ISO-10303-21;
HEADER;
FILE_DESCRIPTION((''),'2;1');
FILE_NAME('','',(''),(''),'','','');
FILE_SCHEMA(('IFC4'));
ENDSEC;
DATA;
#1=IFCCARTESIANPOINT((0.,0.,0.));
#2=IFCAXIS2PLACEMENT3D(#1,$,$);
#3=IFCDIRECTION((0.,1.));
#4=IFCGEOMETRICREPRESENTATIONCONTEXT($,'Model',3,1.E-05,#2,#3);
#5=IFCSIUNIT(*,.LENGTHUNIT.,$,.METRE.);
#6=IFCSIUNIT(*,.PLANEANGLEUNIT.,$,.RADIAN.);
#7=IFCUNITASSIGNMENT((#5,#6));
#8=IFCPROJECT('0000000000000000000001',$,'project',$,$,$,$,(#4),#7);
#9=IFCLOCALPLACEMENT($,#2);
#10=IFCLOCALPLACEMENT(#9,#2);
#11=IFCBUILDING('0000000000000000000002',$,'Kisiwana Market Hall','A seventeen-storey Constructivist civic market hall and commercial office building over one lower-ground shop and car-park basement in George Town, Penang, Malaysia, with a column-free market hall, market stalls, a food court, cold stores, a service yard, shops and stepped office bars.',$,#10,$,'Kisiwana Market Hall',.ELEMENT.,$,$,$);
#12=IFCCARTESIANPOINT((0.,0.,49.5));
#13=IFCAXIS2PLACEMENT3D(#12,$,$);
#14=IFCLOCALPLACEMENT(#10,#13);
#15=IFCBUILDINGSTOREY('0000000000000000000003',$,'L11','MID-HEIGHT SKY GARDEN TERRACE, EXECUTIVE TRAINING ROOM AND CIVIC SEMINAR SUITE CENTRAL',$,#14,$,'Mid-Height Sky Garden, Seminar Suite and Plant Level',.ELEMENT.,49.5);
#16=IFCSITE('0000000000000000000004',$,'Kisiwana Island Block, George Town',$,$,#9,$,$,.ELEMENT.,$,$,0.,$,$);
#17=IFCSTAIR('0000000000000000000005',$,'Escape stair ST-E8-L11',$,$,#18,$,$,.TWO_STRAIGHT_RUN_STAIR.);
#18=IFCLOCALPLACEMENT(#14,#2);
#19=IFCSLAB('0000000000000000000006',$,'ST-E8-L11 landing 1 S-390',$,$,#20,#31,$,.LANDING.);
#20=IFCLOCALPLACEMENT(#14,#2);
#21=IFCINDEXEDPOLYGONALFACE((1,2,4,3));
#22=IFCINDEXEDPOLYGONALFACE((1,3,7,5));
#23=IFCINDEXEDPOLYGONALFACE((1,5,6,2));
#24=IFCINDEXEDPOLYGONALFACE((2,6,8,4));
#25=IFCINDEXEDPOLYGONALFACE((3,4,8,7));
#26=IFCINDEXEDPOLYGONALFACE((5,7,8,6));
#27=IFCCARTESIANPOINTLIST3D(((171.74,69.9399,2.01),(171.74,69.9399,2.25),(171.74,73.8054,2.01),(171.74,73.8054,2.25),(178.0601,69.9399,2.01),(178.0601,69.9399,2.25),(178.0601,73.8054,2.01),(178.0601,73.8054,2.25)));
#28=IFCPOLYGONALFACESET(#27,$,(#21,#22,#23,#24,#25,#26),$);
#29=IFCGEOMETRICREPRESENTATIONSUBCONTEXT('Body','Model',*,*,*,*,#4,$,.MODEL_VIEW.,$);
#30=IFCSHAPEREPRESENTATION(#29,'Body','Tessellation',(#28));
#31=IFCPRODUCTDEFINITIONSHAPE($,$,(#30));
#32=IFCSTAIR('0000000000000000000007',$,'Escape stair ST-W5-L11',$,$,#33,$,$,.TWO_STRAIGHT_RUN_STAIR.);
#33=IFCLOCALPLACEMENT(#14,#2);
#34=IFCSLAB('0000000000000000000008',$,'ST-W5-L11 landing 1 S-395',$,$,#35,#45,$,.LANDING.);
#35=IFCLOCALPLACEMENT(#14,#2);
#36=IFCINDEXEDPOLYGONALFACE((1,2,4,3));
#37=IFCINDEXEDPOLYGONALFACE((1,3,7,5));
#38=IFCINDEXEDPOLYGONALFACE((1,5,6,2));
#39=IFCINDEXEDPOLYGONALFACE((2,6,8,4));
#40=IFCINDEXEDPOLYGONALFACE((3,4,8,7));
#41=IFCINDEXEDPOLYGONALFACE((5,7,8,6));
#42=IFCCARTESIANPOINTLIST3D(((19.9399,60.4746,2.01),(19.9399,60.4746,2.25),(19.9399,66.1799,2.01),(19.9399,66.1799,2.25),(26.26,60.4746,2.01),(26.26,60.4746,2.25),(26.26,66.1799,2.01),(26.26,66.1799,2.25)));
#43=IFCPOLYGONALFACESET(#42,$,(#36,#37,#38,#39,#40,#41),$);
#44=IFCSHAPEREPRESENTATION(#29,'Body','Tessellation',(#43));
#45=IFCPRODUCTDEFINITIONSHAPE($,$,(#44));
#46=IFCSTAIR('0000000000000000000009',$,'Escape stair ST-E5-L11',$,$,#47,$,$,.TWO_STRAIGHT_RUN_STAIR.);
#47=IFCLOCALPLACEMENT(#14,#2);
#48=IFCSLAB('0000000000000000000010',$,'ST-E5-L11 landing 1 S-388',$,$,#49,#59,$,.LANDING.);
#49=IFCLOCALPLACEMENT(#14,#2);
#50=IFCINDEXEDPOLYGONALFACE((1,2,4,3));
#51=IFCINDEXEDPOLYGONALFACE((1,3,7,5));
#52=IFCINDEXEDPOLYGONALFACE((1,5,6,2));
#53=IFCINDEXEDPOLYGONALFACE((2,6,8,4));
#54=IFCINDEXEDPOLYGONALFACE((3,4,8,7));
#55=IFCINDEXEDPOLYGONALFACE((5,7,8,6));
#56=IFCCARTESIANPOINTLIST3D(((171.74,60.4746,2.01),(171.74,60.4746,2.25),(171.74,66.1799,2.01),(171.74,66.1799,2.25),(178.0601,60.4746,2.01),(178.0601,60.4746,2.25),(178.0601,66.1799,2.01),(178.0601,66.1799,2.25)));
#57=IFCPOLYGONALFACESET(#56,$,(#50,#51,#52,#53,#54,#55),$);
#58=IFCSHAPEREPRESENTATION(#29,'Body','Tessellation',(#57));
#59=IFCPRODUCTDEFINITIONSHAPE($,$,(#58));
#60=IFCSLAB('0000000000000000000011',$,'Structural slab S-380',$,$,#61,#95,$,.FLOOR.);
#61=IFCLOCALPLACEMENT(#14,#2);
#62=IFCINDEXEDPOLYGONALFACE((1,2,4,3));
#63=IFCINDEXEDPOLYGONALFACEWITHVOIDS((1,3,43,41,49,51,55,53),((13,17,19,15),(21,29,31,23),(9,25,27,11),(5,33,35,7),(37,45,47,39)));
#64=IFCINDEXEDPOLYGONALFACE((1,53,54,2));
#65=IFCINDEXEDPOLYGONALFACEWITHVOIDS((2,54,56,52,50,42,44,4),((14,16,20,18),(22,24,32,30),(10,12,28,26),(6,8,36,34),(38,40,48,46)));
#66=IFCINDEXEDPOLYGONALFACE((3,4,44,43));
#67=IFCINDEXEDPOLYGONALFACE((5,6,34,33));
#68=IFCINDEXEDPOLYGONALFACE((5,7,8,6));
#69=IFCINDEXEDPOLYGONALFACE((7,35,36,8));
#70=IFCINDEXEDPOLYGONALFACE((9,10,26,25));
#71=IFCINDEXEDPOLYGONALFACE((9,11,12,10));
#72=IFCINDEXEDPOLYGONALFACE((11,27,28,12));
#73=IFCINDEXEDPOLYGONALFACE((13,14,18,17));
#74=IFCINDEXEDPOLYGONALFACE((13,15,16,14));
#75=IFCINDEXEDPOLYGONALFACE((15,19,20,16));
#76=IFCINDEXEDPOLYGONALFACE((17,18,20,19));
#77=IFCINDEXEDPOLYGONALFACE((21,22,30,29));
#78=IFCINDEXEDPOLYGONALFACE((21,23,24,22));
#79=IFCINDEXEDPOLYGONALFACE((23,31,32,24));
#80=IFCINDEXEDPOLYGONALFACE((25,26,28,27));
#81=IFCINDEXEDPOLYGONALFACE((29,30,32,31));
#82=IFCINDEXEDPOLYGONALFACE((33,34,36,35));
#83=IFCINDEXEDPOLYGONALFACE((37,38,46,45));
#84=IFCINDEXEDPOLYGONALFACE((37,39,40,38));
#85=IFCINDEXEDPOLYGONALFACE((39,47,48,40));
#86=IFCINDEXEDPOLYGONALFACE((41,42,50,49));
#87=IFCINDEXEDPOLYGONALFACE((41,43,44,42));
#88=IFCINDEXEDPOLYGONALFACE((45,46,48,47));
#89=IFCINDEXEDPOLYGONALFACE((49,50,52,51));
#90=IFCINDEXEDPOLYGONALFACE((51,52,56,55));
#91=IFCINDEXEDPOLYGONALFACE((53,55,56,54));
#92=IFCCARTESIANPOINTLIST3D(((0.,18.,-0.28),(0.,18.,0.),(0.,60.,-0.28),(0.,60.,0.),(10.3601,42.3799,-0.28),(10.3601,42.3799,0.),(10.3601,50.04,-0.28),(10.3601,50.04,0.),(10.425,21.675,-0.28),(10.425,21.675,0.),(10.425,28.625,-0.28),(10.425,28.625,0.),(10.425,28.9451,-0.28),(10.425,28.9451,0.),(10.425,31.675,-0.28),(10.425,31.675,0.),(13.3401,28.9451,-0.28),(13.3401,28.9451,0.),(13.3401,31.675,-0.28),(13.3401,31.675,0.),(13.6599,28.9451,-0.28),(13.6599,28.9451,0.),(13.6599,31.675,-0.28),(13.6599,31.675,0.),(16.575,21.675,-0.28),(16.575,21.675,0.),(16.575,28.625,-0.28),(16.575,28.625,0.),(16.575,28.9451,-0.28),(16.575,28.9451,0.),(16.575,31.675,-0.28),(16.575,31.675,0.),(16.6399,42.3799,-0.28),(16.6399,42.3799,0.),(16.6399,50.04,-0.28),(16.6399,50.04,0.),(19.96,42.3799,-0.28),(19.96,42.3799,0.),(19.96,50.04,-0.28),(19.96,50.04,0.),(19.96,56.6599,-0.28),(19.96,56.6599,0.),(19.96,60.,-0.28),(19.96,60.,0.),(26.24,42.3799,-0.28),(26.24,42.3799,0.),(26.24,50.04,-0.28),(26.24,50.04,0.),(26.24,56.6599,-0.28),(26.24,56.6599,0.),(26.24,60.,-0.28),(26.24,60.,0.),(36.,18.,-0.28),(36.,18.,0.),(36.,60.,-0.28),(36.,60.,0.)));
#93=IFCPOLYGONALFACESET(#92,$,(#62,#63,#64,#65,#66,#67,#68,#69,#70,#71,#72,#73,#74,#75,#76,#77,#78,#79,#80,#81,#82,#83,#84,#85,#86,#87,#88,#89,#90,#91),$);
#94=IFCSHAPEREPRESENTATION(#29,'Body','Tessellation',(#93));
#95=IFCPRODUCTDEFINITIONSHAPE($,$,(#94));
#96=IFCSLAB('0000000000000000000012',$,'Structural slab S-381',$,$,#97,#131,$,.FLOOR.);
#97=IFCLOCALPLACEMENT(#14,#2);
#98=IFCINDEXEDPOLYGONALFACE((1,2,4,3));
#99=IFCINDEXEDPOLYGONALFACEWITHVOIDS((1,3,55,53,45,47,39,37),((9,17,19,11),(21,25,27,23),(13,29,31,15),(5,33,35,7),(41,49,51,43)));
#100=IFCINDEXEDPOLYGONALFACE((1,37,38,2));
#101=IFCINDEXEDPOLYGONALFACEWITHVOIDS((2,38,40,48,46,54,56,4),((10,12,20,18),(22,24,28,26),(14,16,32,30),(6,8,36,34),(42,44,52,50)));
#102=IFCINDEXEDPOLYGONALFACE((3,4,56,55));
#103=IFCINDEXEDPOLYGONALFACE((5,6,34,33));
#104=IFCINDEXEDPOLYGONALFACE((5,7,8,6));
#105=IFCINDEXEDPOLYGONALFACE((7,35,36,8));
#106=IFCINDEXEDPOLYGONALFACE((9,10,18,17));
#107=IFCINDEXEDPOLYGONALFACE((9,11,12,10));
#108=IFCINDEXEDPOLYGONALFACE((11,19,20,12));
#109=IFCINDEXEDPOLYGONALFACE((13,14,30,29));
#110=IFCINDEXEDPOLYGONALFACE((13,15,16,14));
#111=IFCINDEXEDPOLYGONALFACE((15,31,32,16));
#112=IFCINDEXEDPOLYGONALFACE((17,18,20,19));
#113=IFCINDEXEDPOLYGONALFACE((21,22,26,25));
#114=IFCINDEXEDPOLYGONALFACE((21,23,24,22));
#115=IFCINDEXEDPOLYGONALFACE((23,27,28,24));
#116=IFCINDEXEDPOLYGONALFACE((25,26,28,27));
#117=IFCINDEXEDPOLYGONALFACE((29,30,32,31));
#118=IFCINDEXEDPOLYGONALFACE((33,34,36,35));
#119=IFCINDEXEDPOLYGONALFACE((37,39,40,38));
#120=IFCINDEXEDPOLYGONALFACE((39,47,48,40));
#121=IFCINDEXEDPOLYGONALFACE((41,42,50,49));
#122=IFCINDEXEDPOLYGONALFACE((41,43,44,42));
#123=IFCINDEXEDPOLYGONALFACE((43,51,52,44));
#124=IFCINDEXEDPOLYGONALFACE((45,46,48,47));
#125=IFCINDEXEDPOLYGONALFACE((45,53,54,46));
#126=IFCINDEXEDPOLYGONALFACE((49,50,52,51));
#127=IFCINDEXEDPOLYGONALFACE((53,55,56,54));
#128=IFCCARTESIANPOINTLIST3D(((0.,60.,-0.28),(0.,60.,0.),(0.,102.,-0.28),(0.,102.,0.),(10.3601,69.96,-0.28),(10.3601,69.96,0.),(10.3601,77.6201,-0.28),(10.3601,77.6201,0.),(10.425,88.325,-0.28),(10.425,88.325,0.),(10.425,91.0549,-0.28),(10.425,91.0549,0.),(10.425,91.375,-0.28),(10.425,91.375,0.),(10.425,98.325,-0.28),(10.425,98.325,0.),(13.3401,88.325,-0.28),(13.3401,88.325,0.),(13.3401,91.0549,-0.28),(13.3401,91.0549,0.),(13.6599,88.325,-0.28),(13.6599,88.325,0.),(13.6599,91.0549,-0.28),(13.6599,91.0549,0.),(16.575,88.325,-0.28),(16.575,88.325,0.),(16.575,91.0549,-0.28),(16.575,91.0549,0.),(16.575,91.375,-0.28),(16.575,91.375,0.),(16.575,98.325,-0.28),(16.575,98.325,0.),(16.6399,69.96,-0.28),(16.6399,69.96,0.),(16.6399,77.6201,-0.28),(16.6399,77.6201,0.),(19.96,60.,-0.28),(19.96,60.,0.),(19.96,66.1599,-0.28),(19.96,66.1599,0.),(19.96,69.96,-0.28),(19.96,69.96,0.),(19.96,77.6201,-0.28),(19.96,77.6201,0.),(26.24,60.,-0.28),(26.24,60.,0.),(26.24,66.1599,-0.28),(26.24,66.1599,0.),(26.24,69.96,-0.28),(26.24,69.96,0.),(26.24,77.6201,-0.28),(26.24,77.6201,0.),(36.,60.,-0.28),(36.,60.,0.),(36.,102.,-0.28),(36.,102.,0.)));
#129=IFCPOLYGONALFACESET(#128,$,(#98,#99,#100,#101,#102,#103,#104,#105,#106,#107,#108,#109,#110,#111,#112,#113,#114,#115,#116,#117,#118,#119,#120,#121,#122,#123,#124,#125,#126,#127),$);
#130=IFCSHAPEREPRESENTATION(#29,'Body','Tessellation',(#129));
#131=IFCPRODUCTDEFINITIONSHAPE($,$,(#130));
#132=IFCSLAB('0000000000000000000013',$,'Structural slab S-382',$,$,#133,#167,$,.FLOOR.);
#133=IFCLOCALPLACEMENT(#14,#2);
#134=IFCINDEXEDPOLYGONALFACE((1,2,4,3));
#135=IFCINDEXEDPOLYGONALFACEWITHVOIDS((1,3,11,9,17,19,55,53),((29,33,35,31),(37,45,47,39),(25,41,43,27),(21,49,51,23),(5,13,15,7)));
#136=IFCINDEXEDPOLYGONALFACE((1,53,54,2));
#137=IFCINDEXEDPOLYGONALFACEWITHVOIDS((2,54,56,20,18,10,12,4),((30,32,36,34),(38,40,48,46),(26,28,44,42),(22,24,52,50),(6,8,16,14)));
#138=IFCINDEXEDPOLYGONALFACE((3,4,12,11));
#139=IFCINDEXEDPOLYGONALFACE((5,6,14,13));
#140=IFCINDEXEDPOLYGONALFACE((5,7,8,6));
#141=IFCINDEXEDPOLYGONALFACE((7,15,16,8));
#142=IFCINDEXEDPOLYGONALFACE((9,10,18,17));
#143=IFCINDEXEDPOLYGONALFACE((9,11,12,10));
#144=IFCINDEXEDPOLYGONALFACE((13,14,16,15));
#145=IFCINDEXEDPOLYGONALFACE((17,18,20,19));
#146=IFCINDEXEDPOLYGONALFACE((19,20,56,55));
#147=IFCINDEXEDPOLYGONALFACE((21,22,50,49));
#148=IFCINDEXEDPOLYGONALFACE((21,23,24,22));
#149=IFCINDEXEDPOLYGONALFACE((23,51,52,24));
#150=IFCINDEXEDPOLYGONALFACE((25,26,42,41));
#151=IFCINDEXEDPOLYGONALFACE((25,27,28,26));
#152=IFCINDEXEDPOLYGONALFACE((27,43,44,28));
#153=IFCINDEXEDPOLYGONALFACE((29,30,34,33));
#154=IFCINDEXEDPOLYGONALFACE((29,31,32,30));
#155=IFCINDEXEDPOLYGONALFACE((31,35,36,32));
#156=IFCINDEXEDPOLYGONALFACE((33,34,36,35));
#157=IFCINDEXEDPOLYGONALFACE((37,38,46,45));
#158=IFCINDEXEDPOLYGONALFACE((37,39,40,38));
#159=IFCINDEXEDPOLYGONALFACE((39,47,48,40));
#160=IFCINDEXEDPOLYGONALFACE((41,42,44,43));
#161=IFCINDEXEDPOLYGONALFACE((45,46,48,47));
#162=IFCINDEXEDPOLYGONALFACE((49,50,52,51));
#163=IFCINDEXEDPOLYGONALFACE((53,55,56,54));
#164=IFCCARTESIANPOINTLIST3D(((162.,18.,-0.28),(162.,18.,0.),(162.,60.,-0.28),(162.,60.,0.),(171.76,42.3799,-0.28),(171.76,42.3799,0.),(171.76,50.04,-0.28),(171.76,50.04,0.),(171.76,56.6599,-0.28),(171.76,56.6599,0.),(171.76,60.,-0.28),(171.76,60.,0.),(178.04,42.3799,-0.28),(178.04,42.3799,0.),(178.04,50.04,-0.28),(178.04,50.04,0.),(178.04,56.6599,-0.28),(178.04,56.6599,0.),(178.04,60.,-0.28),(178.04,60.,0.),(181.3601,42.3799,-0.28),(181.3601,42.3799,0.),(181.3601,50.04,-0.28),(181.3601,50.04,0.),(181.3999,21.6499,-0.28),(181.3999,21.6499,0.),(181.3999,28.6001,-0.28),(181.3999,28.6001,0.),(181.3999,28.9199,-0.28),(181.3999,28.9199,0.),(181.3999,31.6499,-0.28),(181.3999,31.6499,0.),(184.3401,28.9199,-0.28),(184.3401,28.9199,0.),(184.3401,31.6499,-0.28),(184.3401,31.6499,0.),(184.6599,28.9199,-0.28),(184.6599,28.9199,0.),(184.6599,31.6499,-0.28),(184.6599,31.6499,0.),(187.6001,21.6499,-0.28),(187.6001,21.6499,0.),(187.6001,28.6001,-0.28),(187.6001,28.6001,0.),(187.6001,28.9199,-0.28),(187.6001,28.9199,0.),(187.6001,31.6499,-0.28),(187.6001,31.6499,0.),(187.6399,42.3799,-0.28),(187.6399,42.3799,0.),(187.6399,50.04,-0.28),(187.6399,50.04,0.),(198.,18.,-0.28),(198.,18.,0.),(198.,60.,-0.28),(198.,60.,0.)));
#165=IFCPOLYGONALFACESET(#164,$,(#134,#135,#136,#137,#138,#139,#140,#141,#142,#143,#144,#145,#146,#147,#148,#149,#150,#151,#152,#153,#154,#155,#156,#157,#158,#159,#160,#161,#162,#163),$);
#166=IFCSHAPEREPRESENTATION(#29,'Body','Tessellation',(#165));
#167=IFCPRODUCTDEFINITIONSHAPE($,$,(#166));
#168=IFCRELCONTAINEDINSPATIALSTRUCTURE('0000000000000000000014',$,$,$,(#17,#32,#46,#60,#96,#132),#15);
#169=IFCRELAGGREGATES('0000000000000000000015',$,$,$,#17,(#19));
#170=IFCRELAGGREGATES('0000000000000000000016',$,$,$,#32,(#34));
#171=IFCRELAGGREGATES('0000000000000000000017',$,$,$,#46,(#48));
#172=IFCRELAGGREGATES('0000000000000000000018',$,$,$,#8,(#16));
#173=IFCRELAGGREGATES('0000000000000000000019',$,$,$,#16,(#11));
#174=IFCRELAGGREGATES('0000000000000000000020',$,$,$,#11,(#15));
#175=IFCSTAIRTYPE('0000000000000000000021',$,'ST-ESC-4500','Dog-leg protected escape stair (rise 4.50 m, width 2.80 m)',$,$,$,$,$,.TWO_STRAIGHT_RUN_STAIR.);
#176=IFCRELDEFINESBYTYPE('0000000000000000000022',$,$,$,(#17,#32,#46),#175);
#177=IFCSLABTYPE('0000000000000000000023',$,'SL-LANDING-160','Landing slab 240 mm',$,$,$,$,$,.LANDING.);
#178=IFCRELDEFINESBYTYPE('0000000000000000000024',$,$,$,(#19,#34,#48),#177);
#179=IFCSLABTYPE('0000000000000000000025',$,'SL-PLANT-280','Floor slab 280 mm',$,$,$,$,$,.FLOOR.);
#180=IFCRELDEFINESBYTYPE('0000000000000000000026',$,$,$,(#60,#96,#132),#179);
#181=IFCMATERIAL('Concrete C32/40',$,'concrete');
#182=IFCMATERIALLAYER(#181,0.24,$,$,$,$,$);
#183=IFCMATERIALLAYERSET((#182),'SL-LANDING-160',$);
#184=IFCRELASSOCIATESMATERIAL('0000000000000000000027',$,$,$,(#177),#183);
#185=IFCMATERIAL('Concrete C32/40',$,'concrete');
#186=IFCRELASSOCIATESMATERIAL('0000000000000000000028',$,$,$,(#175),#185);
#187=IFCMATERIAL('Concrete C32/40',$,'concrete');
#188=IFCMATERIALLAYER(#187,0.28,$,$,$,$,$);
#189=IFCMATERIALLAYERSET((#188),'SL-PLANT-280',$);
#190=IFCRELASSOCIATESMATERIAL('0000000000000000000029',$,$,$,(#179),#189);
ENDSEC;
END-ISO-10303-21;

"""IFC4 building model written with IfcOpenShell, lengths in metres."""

from ifc_helpers import new_model, si_unit, direction, frame, origin, place, context, subcontext, project, spatial, polyline, outline, extrude, material, layer, layer_set, type_object, element, aggregate, save


model = new_model("IFC4")

# Units and contexts
model_context = context("Model", 3, precision=1e-05, world=origin(), true_north=direction((0.0, 1.0)))
body_context = subcontext(model_context, "Body", "Model", "MODEL_VIEW")
ifc_project = project(units=[si_unit("LENGTHUNIT", "METRE"), si_unit("PLANEANGLEUNIT", "RADIAN")], contexts=[model_context])

# Site, building, storey
site_placement = place(None, origin())
site = spatial("IfcSite", under=ifc_project, at=site_placement, Name="Kisiwana Island Block, George Town", CompositionType="ELEMENT", RefElevation=0.0)
building_placement = place(site_placement, origin())
building = spatial("IfcBuilding", under=site, at=building_placement, Name="Kisiwana Market Hall", Description="A seventeen-storey Constructivist civic market hall and commercial office building over one lower-ground shop and car-park basement in George Town, Penang, Malaysia, with a column-free market hall, market stalls, a food court, cold stores, a service yard, shops and stepped office bars.", LongName="Kisiwana Market Hall", CompositionType="ELEMENT")
storey_placement = place(building_placement, frame((0.0, 0.0, 49.5)))
storey = spatial("IfcBuildingStorey", under=building, at=storey_placement, Name="L11", Description="MID-HEIGHT SKY GARDEN TERRACE, EXECUTIVE TRAINING ROOM AND CIVIC SEMINAR SUITE CENTRAL", LongName="Mid-Height Sky Garden, Seminar Suite and Plant Level", CompositionType="ELEMENT", Elevation=49.5)

# Stairs, slabs
ifc_material_1 = material(Name="Concrete C32/40", Category="concrete")
ifc_layer_1 = layer(ifc_material_1, 0.24)
ifc_layer_set_1 = layer_set([ifc_layer_1], Name="SL-LANDING-160")
slab_type_1 = type_object("IfcSlabType", Name="SL-LANDING-160", Description="Landing slab 240 mm", PredefinedType="LANDING", material=ifc_layer_set_1)
ifc_material_2 = material(Name="Concrete C32/40", Category="concrete")
stair_type_1 = type_object("IfcStairType", Name="ST-ESC-4500", Description="Dog-leg protected escape stair (rise 4.50 m, width 2.80 m)", PredefinedType="TWO_STRAIGHT_RUN_STAIR", material=ifc_material_2)
stair_1_placement = place(storey_placement, origin())
stair_1 = element("IfcStair", 1, at=stair_1_placement, inside=storey, type_object=stair_type_1, Name="Escape stair ST-E8-L11", PredefinedType="TWO_STRAIGHT_RUN_STAIR")
slab_1_placement = place(storey_placement, frame((0.0, 0.0, 2.01)))
slab_1 = element("IfcSlab", 2, at=slab_1_placement, type_object=slab_type_1, Name="ST-E8-L11 landing 1 S-390", PredefinedType="LANDING", context=body_context, shape_type="SweptSolid", body=[
    extrude(outline(polyline([(171.74, 69.9399), (178.0601, 69.9399), (178.0601, 73.8054), (171.74, 73.8054), (171.74, 69.9399)])), origin(), (0.0, 0.0, 1.0), 0.24),
])
aggregate(stair_1, [slab_1])
stair_2_placement = place(storey_placement, origin())
stair_2 = element("IfcStair", 3, at=stair_2_placement, inside=storey, type_object=stair_type_1, Name="Escape stair ST-W5-L11", PredefinedType="TWO_STRAIGHT_RUN_STAIR")
slab_2_placement = place(storey_placement, frame((0.0, 0.0, 2.01)))
slab_2 = element("IfcSlab", 4, at=slab_2_placement, type_object=slab_type_1, Name="ST-W5-L11 landing 1 S-395", PredefinedType="LANDING", context=body_context, shape_type="SweptSolid", body=[
    extrude(outline(polyline([(19.9399, 60.4746), (26.26, 60.4746), (26.26, 66.1799), (19.9399, 66.1799), (19.9399, 60.4746)])), origin(), (0.0, 0.0, 1.0), 0.24),
])
aggregate(stair_2, [slab_2])
stair_3_placement = place(storey_placement, origin())
stair_3 = element("IfcStair", 5, at=stair_3_placement, inside=storey, type_object=stair_type_1, Name="Escape stair ST-E5-L11", PredefinedType="TWO_STRAIGHT_RUN_STAIR")
slab_3_placement = place(storey_placement, frame((0.0, 0.0, 2.01)))
slab_3 = element("IfcSlab", 6, at=slab_3_placement, type_object=slab_type_1, Name="ST-E5-L11 landing 1 S-388", PredefinedType="LANDING", context=body_context, shape_type="SweptSolid", body=[
    extrude(outline(polyline([(171.74, 60.4746), (178.0601, 60.4746), (178.0601, 66.1799), (171.74, 66.1799), (171.74, 60.4746)])), origin(), (0.0, 0.0, 1.0), 0.24),
])
aggregate(stair_3, [slab_3])

# Slabs
ifc_material_3 = material(Name="Concrete C32/40", Category="concrete")
ifc_layer_2 = layer(ifc_material_3, 0.28)
ifc_layer_set_2 = layer_set([ifc_layer_2], Name="SL-PLANT-280")
slab_type_2 = type_object("IfcSlabType", Name="SL-PLANT-280", Description="Floor slab 280 mm", PredefinedType="FLOOR", material=ifc_layer_set_2)
slab_4_placement = place(storey_placement, frame((0.0, 0.0, -0.28)))
element("IfcSlab", 7, at=slab_4_placement, inside=storey, type_object=slab_type_2, Name="Structural slab S-380", PredefinedType="FLOOR", context=body_context, shape_type="SweptSolid", body=[
    extrude(outline(polyline([(0.0, 18.0), (36.0, 18.0), (36.0, 60.0), (26.24, 60.0), (26.24, 56.6599), (19.96, 56.6599), (19.96, 60.0), (0.0, 60.0), (0.0, 18.0)]), holes=[polyline([(10.425, 21.675), (16.575, 21.675), (16.575, 28.625), (10.425, 28.625), (10.425, 21.675)]), polyline([(10.425, 28.9451), (13.3401, 28.9451), (13.3401, 31.675), (10.425, 31.675), (10.425, 28.9451)]), polyline([(13.6599, 28.9451), (16.575, 28.9451), (16.575, 31.675), (13.6599, 31.675), (13.6599, 28.9451)]), polyline([(10.3601, 42.3799), (16.6399, 42.3799), (16.6399, 50.04), (10.3601, 50.04), (10.3601, 42.3799)]), polyline([(19.96, 42.3799), (26.24, 42.3799), (26.24, 50.04), (19.96, 50.04), (19.96, 42.3799)])]), origin(), (0.0, 0.0, 1.0), 0.28),
])
slab_5_placement = place(storey_placement, frame((0.0, 0.0, -0.28)))
element("IfcSlab", 8, at=slab_5_placement, inside=storey, type_object=slab_type_2, Name="Structural slab S-381", PredefinedType="FLOOR", context=body_context, shape_type="SweptSolid", body=[
    extrude(outline(polyline([(0.0, 60.0), (19.96, 60.0), (19.96, 66.1599), (26.24, 66.1599), (26.24, 60.0), (36.0, 60.0), (36.0, 102.0), (0.0, 102.0), (0.0, 60.0)]), holes=[polyline([(10.425, 91.375), (16.575, 91.375), (16.575, 98.325), (10.425, 98.325), (10.425, 91.375)]), polyline([(10.425, 88.325), (13.3401, 88.325), (13.3401, 91.0549), (10.425, 91.0549), (10.425, 88.325)]), polyline([(13.6599, 88.325), (16.575, 88.325), (16.575, 91.0549), (13.6599, 91.0549), (13.6599, 88.325)]), polyline([(10.3601, 69.96), (16.6399, 69.96), (16.6399, 77.6201), (10.3601, 77.6201), (10.3601, 69.96)]), polyline([(19.96, 69.96), (26.24, 69.96), (26.24, 77.6201), (19.96, 77.6201), (19.96, 69.96)])]), origin(), (0.0, 0.0, 1.0), 0.28),
])
slab_6_placement = place(storey_placement, frame((0.0, 0.0, -0.28)))
element("IfcSlab", 9, at=slab_6_placement, inside=storey, type_object=slab_type_2, Name="Structural slab S-382", PredefinedType="FLOOR", context=body_context, shape_type="SweptSolid", body=[
    extrude(outline(polyline([(162.0, 18.0), (198.0, 18.0), (198.0, 60.0), (178.04, 60.0), (178.04, 56.6599), (171.76, 56.6599), (171.76, 60.0), (162.0, 60.0), (162.0, 18.0)]), holes=[polyline([(181.3999, 21.6499), (187.6001, 21.6499), (187.6001, 28.6001), (181.3999, 28.6001), (181.3999, 21.6499)]), polyline([(181.3999, 28.9199), (184.3401, 28.9199), (184.3401, 31.6499), (181.3999, 31.6499), (181.3999, 28.9199)]), polyline([(184.6599, 28.9199), (187.6001, 28.9199), (187.6001, 31.6499), (184.6599, 31.6499), (184.6599, 28.9199)]), polyline([(181.3601, 42.3799), (187.6399, 42.3799), (187.6399, 50.04), (181.3601, 50.04), (181.3601, 42.3799)]), polyline([(171.76, 42.3799), (178.04, 42.3799), (178.04, 50.04), (171.76, 50.04), (171.76, 42.3799)])]), origin(), (0.0, 0.0, 1.0), 0.28),
])

save(model, "model.ifc")
